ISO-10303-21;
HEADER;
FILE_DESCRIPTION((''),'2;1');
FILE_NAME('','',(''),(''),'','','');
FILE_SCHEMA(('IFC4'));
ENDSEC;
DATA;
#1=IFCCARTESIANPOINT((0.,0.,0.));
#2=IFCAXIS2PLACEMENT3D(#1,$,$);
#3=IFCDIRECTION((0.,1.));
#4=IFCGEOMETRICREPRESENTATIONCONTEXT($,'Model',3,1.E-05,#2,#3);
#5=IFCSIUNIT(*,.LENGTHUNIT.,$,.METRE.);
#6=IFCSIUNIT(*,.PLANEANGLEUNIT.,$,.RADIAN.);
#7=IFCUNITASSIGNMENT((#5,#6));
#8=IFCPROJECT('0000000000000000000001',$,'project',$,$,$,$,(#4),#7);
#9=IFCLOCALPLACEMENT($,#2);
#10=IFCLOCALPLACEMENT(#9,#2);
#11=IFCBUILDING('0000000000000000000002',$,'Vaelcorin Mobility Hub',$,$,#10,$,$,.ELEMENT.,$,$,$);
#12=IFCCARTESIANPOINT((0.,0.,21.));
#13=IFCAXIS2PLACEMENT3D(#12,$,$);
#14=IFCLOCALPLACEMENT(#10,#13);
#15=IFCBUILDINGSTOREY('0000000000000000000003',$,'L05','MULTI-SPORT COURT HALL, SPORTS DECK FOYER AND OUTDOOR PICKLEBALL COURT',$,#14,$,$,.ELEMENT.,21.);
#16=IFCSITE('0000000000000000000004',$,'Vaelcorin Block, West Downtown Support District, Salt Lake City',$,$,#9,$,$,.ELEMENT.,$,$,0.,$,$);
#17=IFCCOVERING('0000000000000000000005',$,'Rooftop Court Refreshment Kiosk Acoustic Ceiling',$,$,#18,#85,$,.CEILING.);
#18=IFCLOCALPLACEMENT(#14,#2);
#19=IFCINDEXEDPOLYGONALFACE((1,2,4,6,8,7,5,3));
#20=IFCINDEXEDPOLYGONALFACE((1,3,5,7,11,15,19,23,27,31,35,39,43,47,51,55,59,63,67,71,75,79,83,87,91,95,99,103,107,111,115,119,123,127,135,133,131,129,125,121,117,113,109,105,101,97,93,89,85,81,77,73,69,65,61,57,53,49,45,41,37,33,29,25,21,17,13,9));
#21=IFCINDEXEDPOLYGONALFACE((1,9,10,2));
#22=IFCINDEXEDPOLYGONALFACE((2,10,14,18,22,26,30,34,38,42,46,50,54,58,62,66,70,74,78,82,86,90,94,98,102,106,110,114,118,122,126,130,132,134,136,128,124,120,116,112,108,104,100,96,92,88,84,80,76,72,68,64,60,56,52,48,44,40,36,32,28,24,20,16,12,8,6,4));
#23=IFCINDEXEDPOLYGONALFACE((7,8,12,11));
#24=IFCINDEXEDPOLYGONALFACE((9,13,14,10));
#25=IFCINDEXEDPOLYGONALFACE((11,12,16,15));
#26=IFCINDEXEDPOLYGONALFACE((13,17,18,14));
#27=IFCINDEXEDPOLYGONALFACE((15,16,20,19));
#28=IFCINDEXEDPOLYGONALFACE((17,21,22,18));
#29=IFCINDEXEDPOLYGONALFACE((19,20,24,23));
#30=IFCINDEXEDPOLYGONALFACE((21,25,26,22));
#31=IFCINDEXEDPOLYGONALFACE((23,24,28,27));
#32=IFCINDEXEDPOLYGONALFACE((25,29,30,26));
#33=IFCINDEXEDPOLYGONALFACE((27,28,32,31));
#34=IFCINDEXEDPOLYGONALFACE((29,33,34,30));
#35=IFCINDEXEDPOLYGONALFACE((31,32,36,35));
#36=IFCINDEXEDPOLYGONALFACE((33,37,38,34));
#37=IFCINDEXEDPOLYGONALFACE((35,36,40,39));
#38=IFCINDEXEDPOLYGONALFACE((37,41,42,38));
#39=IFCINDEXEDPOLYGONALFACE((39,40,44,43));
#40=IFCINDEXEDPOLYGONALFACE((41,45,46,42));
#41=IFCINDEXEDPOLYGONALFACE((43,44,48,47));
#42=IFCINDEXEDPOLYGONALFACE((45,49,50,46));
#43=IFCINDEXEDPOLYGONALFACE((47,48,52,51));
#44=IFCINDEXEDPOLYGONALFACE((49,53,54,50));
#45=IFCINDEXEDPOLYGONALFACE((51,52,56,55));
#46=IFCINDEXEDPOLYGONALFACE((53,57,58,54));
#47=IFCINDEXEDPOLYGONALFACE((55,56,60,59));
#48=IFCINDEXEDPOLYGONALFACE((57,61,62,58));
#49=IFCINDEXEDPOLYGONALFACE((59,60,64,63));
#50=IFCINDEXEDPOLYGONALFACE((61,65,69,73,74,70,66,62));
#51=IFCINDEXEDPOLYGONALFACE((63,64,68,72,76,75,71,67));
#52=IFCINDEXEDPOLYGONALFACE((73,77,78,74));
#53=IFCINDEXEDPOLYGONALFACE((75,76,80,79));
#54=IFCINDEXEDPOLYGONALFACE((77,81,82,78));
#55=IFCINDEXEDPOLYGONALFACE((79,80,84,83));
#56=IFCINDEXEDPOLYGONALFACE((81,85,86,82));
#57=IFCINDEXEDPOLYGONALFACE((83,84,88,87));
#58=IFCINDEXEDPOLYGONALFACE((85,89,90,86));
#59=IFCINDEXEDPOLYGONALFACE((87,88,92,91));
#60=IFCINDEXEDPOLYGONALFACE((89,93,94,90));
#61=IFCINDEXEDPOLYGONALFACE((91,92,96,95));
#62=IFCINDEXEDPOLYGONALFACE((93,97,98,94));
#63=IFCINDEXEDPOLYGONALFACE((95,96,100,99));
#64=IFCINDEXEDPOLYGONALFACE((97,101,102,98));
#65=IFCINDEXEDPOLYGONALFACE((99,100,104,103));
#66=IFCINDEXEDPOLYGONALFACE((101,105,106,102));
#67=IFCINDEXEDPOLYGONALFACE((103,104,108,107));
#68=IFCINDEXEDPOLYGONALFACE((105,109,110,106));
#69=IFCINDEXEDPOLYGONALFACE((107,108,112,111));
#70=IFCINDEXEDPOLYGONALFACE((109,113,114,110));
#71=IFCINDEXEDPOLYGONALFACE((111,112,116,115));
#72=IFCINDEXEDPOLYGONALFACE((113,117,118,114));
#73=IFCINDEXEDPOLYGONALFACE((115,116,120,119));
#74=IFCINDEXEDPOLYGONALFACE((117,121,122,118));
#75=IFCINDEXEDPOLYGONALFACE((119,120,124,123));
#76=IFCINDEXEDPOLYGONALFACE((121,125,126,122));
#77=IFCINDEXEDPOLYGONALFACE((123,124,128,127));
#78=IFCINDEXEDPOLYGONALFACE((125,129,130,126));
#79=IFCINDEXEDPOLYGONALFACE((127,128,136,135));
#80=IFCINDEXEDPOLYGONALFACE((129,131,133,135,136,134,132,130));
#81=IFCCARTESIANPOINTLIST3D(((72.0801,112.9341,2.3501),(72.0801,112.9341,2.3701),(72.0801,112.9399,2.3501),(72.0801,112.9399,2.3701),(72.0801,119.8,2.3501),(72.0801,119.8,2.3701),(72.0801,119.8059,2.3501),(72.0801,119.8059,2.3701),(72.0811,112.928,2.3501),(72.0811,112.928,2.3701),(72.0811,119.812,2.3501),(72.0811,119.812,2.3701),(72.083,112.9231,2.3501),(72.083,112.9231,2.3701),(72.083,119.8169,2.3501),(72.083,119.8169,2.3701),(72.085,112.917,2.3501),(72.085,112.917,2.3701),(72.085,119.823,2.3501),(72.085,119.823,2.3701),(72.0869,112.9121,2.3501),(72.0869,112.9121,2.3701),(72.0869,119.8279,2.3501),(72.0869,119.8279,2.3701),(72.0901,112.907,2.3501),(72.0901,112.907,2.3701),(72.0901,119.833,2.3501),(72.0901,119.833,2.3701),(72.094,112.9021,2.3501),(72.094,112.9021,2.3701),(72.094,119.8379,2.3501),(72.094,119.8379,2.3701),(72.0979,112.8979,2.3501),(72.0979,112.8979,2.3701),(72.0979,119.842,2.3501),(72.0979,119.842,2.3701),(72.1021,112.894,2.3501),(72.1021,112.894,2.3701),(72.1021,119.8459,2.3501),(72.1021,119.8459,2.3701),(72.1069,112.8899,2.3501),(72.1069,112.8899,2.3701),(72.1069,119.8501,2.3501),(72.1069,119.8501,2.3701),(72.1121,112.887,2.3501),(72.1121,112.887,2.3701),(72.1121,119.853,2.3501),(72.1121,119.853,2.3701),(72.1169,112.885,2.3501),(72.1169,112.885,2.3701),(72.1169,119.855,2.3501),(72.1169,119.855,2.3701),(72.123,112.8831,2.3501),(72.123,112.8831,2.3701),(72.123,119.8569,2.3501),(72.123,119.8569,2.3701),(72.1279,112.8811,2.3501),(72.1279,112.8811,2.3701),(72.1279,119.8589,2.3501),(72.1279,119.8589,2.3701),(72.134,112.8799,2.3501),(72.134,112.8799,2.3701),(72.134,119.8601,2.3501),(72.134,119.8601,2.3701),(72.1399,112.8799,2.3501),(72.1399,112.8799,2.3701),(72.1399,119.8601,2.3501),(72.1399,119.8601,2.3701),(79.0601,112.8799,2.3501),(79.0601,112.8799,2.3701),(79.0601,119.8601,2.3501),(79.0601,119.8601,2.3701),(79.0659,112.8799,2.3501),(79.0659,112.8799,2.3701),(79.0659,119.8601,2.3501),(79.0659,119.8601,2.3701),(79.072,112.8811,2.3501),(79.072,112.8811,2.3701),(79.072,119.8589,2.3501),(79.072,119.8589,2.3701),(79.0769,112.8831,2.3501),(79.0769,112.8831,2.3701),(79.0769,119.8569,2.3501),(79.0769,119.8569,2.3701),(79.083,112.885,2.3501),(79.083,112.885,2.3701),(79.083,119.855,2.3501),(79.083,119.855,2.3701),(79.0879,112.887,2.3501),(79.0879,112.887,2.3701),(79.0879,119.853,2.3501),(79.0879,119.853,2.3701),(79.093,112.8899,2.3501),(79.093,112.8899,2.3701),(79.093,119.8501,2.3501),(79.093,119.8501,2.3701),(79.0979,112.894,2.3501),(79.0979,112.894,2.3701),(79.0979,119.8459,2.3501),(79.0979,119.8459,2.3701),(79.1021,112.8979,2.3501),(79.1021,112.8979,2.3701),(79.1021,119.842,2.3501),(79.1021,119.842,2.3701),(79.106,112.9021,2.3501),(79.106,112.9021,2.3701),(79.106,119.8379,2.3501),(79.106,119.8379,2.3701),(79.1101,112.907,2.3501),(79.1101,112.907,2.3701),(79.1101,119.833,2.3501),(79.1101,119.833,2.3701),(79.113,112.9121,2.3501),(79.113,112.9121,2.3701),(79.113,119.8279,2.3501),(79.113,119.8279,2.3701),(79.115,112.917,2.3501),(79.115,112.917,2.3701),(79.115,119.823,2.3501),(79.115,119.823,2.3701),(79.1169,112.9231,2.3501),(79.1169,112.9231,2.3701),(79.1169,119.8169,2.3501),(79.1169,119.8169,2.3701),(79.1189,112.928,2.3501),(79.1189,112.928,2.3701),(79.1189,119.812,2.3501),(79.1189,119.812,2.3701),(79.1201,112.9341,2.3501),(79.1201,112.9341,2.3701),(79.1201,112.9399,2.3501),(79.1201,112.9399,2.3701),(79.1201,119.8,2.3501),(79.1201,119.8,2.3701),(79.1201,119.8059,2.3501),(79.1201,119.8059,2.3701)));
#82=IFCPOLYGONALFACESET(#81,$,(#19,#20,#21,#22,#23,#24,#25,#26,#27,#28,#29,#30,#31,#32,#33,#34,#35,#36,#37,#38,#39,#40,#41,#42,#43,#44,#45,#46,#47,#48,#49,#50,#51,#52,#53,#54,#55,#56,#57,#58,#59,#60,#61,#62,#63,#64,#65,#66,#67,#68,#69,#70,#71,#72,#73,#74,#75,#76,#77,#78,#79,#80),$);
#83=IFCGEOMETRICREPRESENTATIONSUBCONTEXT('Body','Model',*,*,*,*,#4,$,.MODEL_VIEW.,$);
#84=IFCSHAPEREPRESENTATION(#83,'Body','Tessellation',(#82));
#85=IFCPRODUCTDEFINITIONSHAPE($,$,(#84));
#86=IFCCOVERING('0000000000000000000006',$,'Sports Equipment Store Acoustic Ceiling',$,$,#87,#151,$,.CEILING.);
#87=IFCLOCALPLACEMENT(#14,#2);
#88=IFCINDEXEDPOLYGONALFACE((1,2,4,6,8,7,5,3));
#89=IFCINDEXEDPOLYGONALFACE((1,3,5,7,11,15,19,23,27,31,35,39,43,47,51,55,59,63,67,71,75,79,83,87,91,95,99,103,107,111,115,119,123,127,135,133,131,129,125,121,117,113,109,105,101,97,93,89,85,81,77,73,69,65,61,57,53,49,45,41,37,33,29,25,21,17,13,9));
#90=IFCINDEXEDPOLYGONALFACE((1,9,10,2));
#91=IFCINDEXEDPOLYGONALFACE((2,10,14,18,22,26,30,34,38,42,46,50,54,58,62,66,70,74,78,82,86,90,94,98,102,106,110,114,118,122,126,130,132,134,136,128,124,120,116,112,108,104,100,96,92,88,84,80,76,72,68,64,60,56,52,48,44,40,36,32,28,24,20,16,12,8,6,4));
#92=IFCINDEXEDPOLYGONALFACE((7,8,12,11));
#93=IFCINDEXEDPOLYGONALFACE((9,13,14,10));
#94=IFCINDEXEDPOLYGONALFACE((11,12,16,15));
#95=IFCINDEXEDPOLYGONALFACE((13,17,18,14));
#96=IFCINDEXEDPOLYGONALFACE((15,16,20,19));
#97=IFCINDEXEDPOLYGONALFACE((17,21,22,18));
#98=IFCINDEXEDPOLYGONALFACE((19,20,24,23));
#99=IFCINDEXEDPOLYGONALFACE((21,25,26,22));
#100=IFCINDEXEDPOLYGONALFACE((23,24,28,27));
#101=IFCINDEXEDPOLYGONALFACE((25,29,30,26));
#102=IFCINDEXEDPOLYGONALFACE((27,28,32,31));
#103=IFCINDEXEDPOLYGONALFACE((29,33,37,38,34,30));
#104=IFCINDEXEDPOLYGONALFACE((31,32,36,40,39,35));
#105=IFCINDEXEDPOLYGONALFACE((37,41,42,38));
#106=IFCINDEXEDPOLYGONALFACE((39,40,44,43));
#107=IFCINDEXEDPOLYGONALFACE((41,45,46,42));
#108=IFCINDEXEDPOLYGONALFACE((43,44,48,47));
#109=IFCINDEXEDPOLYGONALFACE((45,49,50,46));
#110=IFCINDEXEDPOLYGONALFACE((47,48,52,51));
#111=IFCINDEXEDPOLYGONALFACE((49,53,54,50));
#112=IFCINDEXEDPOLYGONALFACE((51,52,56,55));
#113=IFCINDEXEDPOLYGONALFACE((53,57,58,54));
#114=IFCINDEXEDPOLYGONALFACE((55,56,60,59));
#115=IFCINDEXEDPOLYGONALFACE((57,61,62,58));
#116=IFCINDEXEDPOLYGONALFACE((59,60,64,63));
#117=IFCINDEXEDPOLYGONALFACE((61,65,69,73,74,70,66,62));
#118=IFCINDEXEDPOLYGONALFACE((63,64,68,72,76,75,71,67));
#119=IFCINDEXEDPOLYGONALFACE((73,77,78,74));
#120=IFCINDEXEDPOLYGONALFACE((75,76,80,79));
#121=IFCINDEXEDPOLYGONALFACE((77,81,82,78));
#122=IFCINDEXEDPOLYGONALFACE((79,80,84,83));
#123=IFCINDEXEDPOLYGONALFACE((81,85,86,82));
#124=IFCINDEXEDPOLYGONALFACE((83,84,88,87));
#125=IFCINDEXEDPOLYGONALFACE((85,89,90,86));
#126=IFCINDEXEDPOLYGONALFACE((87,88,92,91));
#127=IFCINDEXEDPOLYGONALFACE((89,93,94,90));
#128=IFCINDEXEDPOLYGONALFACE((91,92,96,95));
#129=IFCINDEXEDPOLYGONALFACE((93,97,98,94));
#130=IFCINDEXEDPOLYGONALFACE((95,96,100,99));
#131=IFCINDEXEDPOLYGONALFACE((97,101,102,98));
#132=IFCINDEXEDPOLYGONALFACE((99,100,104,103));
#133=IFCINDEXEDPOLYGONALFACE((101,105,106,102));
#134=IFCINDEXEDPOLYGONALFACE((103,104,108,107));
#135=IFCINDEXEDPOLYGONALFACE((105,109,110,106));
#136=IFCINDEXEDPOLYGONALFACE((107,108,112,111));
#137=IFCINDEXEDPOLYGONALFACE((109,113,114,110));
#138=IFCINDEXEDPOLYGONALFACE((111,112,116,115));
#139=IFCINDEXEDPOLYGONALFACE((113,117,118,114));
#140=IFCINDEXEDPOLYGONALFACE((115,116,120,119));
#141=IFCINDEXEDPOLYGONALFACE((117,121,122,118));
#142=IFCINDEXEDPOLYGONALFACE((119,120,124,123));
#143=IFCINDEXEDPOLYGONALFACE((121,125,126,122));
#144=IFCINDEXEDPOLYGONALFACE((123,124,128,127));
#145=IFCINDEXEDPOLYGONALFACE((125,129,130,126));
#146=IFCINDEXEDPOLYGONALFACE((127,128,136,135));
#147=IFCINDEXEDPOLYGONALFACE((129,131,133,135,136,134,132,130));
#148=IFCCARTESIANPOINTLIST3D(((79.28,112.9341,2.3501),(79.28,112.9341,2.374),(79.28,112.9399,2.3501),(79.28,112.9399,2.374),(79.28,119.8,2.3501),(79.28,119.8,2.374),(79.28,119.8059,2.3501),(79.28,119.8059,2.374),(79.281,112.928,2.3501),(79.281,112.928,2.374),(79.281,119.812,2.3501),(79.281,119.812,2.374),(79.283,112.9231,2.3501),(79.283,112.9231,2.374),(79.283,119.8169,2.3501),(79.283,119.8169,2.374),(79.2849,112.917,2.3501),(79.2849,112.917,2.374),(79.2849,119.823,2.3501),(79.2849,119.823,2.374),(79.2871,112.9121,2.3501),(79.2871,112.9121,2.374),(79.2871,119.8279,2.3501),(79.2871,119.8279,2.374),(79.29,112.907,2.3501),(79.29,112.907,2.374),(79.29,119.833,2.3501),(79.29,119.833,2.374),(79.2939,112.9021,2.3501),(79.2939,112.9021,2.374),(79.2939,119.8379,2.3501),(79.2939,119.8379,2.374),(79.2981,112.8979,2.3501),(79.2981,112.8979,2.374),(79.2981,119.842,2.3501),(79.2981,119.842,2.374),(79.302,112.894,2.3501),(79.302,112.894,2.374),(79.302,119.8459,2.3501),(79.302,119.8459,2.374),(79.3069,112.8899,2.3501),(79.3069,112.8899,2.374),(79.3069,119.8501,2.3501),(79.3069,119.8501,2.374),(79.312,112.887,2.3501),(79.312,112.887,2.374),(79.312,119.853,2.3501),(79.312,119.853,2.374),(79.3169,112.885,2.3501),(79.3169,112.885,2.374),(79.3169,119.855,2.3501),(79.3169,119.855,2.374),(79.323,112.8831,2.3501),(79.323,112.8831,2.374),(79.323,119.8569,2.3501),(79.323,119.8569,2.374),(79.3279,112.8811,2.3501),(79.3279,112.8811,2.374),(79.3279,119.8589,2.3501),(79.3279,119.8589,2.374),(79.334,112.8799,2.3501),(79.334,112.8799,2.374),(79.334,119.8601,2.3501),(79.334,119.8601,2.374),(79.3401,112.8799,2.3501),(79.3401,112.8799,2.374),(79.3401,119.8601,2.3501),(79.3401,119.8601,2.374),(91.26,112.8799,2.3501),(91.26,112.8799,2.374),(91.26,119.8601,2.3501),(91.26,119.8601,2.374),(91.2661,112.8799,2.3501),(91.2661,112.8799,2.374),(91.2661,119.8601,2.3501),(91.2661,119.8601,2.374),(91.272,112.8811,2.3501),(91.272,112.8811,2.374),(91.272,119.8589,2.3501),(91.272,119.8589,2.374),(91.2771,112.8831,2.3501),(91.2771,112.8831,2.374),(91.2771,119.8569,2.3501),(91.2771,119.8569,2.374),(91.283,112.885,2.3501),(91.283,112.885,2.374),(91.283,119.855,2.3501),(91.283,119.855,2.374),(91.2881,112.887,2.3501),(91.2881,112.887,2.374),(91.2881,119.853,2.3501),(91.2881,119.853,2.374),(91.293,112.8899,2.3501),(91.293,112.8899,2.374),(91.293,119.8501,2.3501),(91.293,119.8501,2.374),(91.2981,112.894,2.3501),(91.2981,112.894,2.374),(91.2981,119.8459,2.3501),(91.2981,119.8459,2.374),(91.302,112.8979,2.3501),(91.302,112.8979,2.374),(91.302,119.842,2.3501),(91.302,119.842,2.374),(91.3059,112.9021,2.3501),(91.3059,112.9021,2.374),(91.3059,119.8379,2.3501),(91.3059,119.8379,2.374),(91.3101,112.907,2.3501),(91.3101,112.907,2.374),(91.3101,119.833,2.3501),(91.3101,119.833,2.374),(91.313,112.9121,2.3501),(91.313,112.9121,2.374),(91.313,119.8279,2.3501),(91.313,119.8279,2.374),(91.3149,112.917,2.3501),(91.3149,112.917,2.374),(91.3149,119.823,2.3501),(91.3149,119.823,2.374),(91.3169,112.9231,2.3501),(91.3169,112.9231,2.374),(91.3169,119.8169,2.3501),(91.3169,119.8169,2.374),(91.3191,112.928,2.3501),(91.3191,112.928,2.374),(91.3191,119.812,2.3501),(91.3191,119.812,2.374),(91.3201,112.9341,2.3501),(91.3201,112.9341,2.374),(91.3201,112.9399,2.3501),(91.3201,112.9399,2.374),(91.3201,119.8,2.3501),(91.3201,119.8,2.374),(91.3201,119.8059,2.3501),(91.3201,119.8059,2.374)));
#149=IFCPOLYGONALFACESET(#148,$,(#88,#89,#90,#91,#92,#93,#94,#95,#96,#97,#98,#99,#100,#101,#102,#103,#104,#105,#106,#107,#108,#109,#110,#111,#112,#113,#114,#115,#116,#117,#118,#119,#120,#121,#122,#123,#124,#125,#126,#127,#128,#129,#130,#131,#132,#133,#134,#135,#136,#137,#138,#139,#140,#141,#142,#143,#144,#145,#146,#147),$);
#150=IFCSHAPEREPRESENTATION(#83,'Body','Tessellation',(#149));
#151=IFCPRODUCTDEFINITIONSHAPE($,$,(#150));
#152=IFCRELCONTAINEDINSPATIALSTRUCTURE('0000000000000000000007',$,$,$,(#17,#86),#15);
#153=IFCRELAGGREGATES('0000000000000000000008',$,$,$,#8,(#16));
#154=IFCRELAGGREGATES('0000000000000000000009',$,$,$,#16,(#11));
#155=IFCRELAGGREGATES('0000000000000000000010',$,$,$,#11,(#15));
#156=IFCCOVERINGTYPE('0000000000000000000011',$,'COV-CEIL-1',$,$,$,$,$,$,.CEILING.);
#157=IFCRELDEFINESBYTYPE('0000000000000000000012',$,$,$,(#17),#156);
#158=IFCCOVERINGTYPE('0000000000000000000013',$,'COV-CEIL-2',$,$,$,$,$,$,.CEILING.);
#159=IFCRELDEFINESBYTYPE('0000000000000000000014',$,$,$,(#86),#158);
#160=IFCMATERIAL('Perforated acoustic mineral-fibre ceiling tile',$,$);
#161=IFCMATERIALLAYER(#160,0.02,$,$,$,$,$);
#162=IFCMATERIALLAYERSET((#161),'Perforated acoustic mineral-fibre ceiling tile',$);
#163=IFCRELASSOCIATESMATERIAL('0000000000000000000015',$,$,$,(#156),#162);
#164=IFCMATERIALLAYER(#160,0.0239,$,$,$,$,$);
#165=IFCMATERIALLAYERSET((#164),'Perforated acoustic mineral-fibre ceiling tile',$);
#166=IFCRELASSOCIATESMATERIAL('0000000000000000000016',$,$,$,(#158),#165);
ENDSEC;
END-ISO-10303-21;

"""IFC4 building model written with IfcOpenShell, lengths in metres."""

from ifc_helpers import new_model, si_unit, direction, frame, origin, place, context, subcontext, project, spatial, polyline, outline, extrude, material, layer, layer_set, type_object, element, save


model = new_model("IFC4")

# Units and contexts
model_context = context("Model", 3, precision=1e-05, world=origin(), true_north=direction((0.0, 1.0)))
body_context = subcontext(model_context, "Body", "Model", "MODEL_VIEW")
ifc_project = project(units=[si_unit("LENGTHUNIT", "METRE"), si_unit("PLANEANGLEUNIT", "RADIAN")], contexts=[model_context])

# Site, building, storey
site_placement = place(None, origin())
site = spatial("IfcSite", under=ifc_project, at=site_placement, Name="Vaelcorin Block, West Downtown Support District, Salt Lake City", CompositionType="ELEMENT", RefElevation=0.0)
building_placement = place(site_placement, origin())
building = spatial("IfcBuilding", under=site, at=building_placement, Name="Vaelcorin Mobility Hub", CompositionType="ELEMENT")
storey_placement = place(building_placement, frame((0.0, 0.0, 21.0)))
storey = spatial("IfcBuildingStorey", under=building, at=storey_placement, Name="L05", Description="MULTI-SPORT COURT HALL, SPORTS DECK FOYER AND OUTDOOR PICKLEBALL COURT", CompositionType="ELEMENT", Elevation=21.0)

# Coverings
ifc_material_1 = material(Name="Perforated acoustic mineral-fibre ceiling tile")
ifc_layer_1 = layer(ifc_material_1, 0.02)
ifc_layer_set_1 = layer_set([ifc_layer_1], Name="Perforated acoustic mineral-fibre ceiling tile")
covering_type_1 = type_object("IfcCoveringType", Name="COV-CEIL-1", PredefinedType="CEILING", material=ifc_layer_set_1)
covering_1_placement = place(storey_placement, frame((0.0, 0.0, 2.3501)))
element("IfcCovering", 1, at=covering_1_placement, inside=storey, type_object=covering_type_1, Name="Rooftop Court Refreshment Kiosk Acoustic Ceiling", PredefinedType="CEILING", context=body_context, shape_type="SweptSolid", body=[
    extrude(outline(polyline([(72.1399, 112.8799), (72.134, 112.8799), (72.1279, 112.8811), (72.123, 112.8831), (72.1169, 112.885), (72.1121, 112.887), (72.1069, 112.8899), (72.1021, 112.894), (72.0979, 112.8979), (72.094, 112.9021), (72.0901, 112.907), (72.0869, 112.9121), (72.085, 112.917), (72.083, 112.9231), (72.0811, 112.928), (72.0801, 112.9341), (72.0801, 112.9399), (72.0801, 119.8), (72.0801, 119.8059), (72.0811, 119.812), (72.083, 119.8169), (72.085, 119.823), (72.0869, 119.8279), (72.0901, 119.833), (72.094, 119.8379), (72.0979, 119.842), (72.1021, 119.8459), (72.1069, 119.8501), (72.1121, 119.853), (72.1169, 119.855), (72.123, 119.8569), (72.1279, 119.8589), (72.134, 119.8601), (72.1399, 119.8601), (79.0601, 119.8601), (79.0659, 119.8601), (79.072, 119.8589), (79.0769, 119.8569), (79.083, 119.855), (79.0879, 119.853), (79.093, 119.8501), (79.0979, 119.8459), (79.1021, 119.842), (79.106, 119.8379), (79.1101, 119.833), (79.113, 119.8279), (79.115, 119.823), (79.1169, 119.8169), (79.1189, 119.812), (79.1201, 119.8059), (79.1201, 119.8), (79.1201, 112.9399), (79.1201, 112.9341), (79.1189, 112.928), (79.1169, 112.9231), (79.115, 112.917), (79.113, 112.9121), (79.1101, 112.907), (79.106, 112.9021), (79.1021, 112.8979), (79.0979, 112.894), (79.093, 112.8899), (79.0879, 112.887), (79.083, 112.885), (79.0769, 112.8831), (79.072, 112.8811), (79.0659, 112.8799), (79.0601, 112.8799), (72.1399, 112.8799)])), origin(), (0.0, 0.0, 1.0), 0.02),
])
ifc_layer_2 = layer(ifc_material_1, 0.0239)
ifc_layer_set_2 = layer_set([ifc_layer_2], Name="Perforated acoustic mineral-fibre ceiling tile")
covering_type_2 = type_object("IfcCoveringType", Name="COV-CEIL-2", PredefinedType="CEILING", material=ifc_layer_set_2)
covering_2_placement = place(storey_placement, frame((0.0, 0.0, 2.3501)))
element("IfcCovering", 2, at=covering_2_placement, inside=storey, type_object=covering_type_2, Name="Sports Equipment Store Acoustic Ceiling", PredefinedType="CEILING", context=body_context, shape_type="SweptSolid", body=[
    extrude(outline(polyline([(79.3401, 112.8799), (79.334, 112.8799), (79.3279, 112.8811), (79.323, 112.8831), (79.3169, 112.885), (79.312, 112.887), (79.3069, 112.8899), (79.302, 112.894), (79.2981, 112.8979), (79.2939, 112.9021), (79.29, 112.907), (79.2871, 112.9121), (79.2849, 112.917), (79.283, 112.9231), (79.281, 112.928), (79.28, 112.9341), (79.28, 112.9399), (79.28, 119.8), (79.28, 119.8059), (79.281, 119.812), (79.283, 119.8169), (79.2849, 119.823), (79.2871, 119.8279), (79.29, 119.833), (79.2939, 119.8379), (79.2981, 119.842), (79.302, 119.8459), (79.3069, 119.8501), (79.312, 119.853), (79.3169, 119.855), (79.323, 119.8569), (79.3279, 119.8589), (79.334, 119.8601), (79.3401, 119.8601), (91.26, 119.8601), (91.2661, 119.8601), (91.272, 119.8589), (91.2771, 119.8569), (91.283, 119.855), (91.2881, 119.853), (91.293, 119.8501), (91.2981, 119.8459), (91.302, 119.842), (91.3059, 119.8379), (91.3101, 119.833), (91.313, 119.8279), (91.3149, 119.823), (91.3169, 119.8169), (91.3191, 119.812), (91.3201, 119.8059), (91.3201, 119.8), (91.3201, 112.9399), (91.3201, 112.9341), (91.3191, 112.928), (91.3169, 112.9231), (91.3149, 112.917), (91.313, 112.9121), (91.3101, 112.907), (91.3059, 112.9021), (91.302, 112.8979), (91.2981, 112.894), (91.293, 112.8899), (91.2881, 112.887), (91.283, 112.885), (91.2771, 112.8831), (91.272, 112.8811), (91.2661, 112.8799), (91.26, 112.8799), (79.3401, 112.8799)])), origin(), (0.0, 0.0, 1.0), 0.0239),
])

save(model, "model.ifc")
